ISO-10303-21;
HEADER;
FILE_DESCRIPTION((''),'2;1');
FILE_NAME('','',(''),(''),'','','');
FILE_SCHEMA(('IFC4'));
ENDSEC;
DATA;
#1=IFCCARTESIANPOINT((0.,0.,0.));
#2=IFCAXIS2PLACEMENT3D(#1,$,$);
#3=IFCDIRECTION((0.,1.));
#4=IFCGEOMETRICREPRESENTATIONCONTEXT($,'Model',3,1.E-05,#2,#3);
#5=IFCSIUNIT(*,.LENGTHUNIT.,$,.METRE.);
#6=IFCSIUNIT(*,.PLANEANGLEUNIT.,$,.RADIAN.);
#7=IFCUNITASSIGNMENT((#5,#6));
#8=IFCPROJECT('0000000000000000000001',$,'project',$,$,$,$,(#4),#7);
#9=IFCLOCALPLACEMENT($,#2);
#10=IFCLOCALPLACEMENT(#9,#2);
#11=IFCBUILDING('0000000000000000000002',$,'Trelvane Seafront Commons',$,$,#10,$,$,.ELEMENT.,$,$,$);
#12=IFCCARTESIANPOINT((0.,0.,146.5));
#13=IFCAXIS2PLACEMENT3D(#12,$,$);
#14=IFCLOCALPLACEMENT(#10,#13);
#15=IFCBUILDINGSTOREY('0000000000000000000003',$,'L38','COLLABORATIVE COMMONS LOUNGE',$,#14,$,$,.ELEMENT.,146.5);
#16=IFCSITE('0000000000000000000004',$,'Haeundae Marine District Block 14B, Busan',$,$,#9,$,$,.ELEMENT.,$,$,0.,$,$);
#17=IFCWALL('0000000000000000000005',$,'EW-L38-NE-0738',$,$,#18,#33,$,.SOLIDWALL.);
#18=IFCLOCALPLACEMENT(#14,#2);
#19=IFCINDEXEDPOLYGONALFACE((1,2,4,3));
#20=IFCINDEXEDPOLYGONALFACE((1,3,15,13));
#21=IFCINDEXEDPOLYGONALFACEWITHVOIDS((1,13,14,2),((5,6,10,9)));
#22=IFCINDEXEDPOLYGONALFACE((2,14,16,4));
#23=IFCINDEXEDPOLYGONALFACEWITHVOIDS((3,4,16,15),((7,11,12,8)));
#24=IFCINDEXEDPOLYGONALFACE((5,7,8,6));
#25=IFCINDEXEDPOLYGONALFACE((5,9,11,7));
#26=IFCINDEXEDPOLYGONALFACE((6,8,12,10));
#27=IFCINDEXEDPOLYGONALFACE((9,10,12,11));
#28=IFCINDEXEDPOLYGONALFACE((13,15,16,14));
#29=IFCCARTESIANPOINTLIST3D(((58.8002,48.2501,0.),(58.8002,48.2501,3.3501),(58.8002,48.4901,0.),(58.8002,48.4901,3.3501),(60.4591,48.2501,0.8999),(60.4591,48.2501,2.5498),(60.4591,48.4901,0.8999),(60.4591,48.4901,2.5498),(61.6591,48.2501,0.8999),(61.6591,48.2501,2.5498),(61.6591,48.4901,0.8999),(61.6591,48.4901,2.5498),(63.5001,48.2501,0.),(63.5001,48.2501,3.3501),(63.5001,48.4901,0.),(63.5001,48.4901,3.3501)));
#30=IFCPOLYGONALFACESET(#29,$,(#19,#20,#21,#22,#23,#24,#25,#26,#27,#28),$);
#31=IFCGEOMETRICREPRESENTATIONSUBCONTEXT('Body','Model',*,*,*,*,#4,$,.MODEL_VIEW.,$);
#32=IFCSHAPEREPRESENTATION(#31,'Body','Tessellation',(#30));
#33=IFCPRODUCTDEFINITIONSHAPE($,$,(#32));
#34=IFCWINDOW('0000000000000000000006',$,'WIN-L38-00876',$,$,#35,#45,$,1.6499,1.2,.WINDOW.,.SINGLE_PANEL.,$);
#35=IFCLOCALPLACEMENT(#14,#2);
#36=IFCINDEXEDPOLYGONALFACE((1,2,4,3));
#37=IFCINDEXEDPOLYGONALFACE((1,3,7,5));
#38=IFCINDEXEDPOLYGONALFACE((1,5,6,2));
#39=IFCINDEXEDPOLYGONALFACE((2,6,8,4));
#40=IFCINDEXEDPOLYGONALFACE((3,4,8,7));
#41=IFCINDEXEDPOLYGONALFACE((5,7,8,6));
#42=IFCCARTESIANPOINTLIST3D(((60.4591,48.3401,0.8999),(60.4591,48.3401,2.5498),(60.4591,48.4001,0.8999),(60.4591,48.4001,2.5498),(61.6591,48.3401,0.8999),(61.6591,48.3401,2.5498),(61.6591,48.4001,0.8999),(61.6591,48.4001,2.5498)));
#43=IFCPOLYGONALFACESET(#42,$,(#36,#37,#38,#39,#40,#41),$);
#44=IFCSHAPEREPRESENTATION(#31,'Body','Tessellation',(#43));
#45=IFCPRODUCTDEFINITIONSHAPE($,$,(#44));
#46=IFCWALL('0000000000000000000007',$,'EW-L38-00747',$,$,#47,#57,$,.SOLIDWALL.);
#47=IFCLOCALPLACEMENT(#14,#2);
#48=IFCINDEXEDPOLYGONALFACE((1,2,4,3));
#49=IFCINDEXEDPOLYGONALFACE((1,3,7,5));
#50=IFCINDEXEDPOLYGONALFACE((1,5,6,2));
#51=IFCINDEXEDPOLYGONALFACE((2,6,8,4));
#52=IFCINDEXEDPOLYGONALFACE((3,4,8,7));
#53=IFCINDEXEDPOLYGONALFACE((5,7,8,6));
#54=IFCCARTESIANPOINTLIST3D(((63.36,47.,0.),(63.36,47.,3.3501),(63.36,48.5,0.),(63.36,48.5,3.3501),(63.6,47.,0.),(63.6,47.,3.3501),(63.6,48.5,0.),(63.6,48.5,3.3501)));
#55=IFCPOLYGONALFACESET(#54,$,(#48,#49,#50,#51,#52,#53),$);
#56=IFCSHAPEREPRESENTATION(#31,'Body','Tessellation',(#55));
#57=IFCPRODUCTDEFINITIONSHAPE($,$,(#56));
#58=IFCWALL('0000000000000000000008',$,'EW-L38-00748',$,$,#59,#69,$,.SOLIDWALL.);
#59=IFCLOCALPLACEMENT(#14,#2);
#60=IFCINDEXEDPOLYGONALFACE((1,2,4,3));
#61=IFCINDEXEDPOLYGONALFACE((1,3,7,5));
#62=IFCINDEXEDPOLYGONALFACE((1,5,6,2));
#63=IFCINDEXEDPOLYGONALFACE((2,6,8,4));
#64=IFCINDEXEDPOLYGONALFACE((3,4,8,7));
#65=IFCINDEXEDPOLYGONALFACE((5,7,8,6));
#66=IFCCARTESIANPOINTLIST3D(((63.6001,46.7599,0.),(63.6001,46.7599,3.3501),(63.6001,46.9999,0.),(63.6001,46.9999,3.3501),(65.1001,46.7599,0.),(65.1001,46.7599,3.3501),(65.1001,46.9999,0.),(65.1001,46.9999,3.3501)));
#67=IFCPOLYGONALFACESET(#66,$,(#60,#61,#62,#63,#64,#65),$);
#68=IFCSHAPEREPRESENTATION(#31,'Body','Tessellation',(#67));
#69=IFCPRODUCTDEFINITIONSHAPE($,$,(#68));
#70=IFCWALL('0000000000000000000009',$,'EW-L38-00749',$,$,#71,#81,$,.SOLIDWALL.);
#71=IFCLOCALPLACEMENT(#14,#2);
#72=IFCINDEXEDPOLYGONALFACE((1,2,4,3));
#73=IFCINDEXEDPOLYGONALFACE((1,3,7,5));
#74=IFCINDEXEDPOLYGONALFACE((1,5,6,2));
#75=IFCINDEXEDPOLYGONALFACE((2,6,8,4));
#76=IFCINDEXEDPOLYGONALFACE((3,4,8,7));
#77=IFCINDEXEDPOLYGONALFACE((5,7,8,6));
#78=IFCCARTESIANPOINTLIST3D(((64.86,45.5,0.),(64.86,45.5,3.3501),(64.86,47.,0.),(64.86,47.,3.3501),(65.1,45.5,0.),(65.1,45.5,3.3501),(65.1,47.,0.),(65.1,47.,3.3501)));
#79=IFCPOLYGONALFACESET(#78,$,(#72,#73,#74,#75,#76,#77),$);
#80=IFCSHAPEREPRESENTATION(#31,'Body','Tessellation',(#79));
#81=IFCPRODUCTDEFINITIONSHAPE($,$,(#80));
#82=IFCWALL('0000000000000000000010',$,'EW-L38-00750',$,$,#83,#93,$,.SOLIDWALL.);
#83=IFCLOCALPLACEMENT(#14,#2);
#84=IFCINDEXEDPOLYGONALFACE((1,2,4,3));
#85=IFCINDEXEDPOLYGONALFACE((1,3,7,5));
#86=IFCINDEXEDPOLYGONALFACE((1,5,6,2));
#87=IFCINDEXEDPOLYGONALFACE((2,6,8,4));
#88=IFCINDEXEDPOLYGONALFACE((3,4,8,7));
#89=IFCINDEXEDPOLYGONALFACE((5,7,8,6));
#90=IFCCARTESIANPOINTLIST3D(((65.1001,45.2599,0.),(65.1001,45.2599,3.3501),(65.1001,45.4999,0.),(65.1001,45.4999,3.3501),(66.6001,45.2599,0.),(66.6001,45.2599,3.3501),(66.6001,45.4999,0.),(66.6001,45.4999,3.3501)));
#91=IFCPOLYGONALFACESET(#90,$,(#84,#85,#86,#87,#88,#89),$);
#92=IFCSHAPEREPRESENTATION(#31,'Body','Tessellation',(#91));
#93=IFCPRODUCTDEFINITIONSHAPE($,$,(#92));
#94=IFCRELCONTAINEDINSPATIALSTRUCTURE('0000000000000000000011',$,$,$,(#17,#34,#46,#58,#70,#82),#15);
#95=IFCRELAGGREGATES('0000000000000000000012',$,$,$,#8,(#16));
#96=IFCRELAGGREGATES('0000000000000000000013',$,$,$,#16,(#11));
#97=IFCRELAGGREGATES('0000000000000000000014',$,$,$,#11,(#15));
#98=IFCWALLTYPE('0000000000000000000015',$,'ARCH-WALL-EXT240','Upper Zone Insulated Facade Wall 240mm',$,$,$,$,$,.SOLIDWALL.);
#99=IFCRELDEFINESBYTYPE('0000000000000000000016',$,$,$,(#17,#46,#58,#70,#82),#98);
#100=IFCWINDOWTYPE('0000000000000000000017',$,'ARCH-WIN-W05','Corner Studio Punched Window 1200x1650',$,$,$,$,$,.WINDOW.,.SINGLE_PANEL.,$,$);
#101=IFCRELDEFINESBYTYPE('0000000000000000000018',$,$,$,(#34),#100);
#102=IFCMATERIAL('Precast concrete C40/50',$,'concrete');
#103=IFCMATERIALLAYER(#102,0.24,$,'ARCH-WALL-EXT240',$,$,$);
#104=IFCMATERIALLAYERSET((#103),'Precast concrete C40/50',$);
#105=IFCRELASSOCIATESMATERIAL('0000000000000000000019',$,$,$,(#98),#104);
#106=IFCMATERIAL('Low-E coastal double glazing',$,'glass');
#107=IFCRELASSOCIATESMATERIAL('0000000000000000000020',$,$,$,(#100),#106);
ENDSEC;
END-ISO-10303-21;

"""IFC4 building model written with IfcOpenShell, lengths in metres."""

from ifc_helpers import new_model, si_unit, direction, frame, frame_2d, origin, place, context, subcontext, project, spatial, rectangle, extrude, source, transform, mapped, material, layer, layer_set, type_object, element, fill, save


model = new_model("IFC4")

# Units and contexts
model_context = context("Model", 3, precision=1e-05, world=origin(), true_north=direction((0.0, 1.0)))
body_context = subcontext(model_context, "Body", "Model", "MODEL_VIEW")
ifc_project = project(units=[si_unit("LENGTHUNIT", "METRE"), si_unit("PLANEANGLEUNIT", "RADIAN")], contexts=[model_context])

# Site, building, storey
site_placement = place(None, origin())
site = spatial("IfcSite", under=ifc_project, at=site_placement, Name="Haeundae Marine District Block 14B, Busan", CompositionType="ELEMENT", RefElevation=0.0)
building_placement = place(site_placement, origin())
building = spatial("IfcBuilding", under=site, at=building_placement, Name="Trelvane Seafront Commons", CompositionType="ELEMENT")
storey_placement = place(building_placement, frame((0.0, 0.0, 146.5)))
storey = spatial("IfcBuildingStorey", under=building, at=storey_placement, Name="L38", Description="COLLABORATIVE COMMONS LOUNGE", CompositionType="ELEMENT", Elevation=146.5)

# Shared definitions
ifc_material_1 = material(Name="Low-E coastal double glazing", Category="glass")

# Wall, opening, window
ifc_material_2 = material(Name="Precast concrete C40/50", Category="concrete")
ifc_layer_1 = layer(ifc_material_2, 0.24, Name="ARCH-WALL-EXT240")
ifc_layer_set_1 = layer_set([ifc_layer_1], Name="Precast concrete C40/50")
wall_type_1 = type_object("IfcWallType", Name="ARCH-WALL-EXT240", Description="Upper Zone Insulated Facade Wall 240mm", PredefinedType="SOLIDWALL", material=ifc_layer_set_1)
wall_1_placement = place(storey_placement, frame((58.8, 48.3701, 0.0), z_axis=(0.0, 0.0, 1.0), x_axis=(1.0, 0.0, 0.0)))
wall_1 = element("IfcWall", 1, at=wall_1_placement, inside=storey, type_object=wall_type_1, Name="EW-L38-NE-0738", PredefinedType="SOLIDWALL", context=body_context, shape_type="SweptSolid", body=[
    extrude(rectangle(XDim=4.7, YDim=0.24, at=frame_2d((2.3501, 0.0))), origin(), (0.0, 0.0, 1.0), 3.3501),
])
opening_1_placement = place(wall_1_placement, frame((1.6589, 0.0, 0.8999)))
opening_1 = element("IfcOpeningElement", 2, at=opening_1_placement, cuts=wall_1, PredefinedType="OPENING", context=body_context, shape_type="SweptSolid", body=[
    extrude(rectangle(XDim=1.2, YDim=1.6499, at=frame_2d((0.6001, 0.825))), frame((0.0, 0.1299, 0.0), z_axis=(0.0, -1.0, 0.0), x_axis=(1.0, 0.0, 0.0)), (0.0, 0.0, 1.0), 0.26),
])
window_type_1 = type_object("IfcWindowType", Name="ARCH-WIN-W05", Description="Corner Studio Punched Window 1200x1650", PartitioningType="SINGLE_PANEL", PredefinedType="WINDOW", material=ifc_material_1)
shared_shape_1 = source(origin(), body_context, "Body", "SweptSolid", [
    extrude(rectangle(XDim=1.2, YDim=1.6499, at=frame_2d((0.6001, 0.825))), frame((0.0, 0.03, 0.0), z_axis=(0.0, -1.0, 0.0), x_axis=(1.0, 0.0, 0.0)), (0.0, 0.0, 1.0), 0.0601),
])
window_1_placement = place(opening_1_placement, origin())
window_1 = element("IfcWindow", 3, at=window_1_placement, inside=storey, type_object=window_type_1, Name="WIN-L38-00876", OverallHeight=1.6499, OverallWidth=1.2, PartitioningType="SINGLE_PANEL", PredefinedType="WINDOW", context=body_context, shape_type="MappedRepresentation", body=[
    mapped(shared_shape_1, transform((0.0, 0.0, 0.0), x_axis=(1.0, 0.0, 0.0), y_axis=(0.0, 1.0, 0.0), z_axis=(0.0, 0.0, 1.0), scale=1.0)),
])
fill(opening_1, window_1)

# Walls
for number, where, z_axis, x_axis, name in (
    (4, (63.48, 48.5, 0.0), (0.0, 0.0, 1.0), (0.0, -1.0, 0.0), "EW-L38-00747"),
    (5, (63.6001, 46.8799, 0.0), (0.0, 0.0, 1.0), (1.0, 0.0, 0.0), "EW-L38-00748"),
    (6, (64.98, 47.0, 0.0), (0.0, 0.0, 1.0), (0.0, -1.0, 0.0), "EW-L38-00749"),
    (7, (65.1001, 45.3799, 0.0), (0.0, 0.0, 1.0), (1.0, 0.0, 0.0), "EW-L38-00750"),
):
    element("IfcWall", number, at=place(storey_placement, frame(where, z_axis=z_axis, x_axis=x_axis)), inside=storey, type_object=wall_type_1, Name=name, PredefinedType="SOLIDWALL", context=body_context, shape_type="SweptSolid", body=[
        extrude(rectangle(XDim=1.5, YDim=0.24, at=frame_2d((0.75, 0.0))), origin(), (0.0, 0.0, 1.0), 3.3501),
    ])

save(model, "model.ifc")
